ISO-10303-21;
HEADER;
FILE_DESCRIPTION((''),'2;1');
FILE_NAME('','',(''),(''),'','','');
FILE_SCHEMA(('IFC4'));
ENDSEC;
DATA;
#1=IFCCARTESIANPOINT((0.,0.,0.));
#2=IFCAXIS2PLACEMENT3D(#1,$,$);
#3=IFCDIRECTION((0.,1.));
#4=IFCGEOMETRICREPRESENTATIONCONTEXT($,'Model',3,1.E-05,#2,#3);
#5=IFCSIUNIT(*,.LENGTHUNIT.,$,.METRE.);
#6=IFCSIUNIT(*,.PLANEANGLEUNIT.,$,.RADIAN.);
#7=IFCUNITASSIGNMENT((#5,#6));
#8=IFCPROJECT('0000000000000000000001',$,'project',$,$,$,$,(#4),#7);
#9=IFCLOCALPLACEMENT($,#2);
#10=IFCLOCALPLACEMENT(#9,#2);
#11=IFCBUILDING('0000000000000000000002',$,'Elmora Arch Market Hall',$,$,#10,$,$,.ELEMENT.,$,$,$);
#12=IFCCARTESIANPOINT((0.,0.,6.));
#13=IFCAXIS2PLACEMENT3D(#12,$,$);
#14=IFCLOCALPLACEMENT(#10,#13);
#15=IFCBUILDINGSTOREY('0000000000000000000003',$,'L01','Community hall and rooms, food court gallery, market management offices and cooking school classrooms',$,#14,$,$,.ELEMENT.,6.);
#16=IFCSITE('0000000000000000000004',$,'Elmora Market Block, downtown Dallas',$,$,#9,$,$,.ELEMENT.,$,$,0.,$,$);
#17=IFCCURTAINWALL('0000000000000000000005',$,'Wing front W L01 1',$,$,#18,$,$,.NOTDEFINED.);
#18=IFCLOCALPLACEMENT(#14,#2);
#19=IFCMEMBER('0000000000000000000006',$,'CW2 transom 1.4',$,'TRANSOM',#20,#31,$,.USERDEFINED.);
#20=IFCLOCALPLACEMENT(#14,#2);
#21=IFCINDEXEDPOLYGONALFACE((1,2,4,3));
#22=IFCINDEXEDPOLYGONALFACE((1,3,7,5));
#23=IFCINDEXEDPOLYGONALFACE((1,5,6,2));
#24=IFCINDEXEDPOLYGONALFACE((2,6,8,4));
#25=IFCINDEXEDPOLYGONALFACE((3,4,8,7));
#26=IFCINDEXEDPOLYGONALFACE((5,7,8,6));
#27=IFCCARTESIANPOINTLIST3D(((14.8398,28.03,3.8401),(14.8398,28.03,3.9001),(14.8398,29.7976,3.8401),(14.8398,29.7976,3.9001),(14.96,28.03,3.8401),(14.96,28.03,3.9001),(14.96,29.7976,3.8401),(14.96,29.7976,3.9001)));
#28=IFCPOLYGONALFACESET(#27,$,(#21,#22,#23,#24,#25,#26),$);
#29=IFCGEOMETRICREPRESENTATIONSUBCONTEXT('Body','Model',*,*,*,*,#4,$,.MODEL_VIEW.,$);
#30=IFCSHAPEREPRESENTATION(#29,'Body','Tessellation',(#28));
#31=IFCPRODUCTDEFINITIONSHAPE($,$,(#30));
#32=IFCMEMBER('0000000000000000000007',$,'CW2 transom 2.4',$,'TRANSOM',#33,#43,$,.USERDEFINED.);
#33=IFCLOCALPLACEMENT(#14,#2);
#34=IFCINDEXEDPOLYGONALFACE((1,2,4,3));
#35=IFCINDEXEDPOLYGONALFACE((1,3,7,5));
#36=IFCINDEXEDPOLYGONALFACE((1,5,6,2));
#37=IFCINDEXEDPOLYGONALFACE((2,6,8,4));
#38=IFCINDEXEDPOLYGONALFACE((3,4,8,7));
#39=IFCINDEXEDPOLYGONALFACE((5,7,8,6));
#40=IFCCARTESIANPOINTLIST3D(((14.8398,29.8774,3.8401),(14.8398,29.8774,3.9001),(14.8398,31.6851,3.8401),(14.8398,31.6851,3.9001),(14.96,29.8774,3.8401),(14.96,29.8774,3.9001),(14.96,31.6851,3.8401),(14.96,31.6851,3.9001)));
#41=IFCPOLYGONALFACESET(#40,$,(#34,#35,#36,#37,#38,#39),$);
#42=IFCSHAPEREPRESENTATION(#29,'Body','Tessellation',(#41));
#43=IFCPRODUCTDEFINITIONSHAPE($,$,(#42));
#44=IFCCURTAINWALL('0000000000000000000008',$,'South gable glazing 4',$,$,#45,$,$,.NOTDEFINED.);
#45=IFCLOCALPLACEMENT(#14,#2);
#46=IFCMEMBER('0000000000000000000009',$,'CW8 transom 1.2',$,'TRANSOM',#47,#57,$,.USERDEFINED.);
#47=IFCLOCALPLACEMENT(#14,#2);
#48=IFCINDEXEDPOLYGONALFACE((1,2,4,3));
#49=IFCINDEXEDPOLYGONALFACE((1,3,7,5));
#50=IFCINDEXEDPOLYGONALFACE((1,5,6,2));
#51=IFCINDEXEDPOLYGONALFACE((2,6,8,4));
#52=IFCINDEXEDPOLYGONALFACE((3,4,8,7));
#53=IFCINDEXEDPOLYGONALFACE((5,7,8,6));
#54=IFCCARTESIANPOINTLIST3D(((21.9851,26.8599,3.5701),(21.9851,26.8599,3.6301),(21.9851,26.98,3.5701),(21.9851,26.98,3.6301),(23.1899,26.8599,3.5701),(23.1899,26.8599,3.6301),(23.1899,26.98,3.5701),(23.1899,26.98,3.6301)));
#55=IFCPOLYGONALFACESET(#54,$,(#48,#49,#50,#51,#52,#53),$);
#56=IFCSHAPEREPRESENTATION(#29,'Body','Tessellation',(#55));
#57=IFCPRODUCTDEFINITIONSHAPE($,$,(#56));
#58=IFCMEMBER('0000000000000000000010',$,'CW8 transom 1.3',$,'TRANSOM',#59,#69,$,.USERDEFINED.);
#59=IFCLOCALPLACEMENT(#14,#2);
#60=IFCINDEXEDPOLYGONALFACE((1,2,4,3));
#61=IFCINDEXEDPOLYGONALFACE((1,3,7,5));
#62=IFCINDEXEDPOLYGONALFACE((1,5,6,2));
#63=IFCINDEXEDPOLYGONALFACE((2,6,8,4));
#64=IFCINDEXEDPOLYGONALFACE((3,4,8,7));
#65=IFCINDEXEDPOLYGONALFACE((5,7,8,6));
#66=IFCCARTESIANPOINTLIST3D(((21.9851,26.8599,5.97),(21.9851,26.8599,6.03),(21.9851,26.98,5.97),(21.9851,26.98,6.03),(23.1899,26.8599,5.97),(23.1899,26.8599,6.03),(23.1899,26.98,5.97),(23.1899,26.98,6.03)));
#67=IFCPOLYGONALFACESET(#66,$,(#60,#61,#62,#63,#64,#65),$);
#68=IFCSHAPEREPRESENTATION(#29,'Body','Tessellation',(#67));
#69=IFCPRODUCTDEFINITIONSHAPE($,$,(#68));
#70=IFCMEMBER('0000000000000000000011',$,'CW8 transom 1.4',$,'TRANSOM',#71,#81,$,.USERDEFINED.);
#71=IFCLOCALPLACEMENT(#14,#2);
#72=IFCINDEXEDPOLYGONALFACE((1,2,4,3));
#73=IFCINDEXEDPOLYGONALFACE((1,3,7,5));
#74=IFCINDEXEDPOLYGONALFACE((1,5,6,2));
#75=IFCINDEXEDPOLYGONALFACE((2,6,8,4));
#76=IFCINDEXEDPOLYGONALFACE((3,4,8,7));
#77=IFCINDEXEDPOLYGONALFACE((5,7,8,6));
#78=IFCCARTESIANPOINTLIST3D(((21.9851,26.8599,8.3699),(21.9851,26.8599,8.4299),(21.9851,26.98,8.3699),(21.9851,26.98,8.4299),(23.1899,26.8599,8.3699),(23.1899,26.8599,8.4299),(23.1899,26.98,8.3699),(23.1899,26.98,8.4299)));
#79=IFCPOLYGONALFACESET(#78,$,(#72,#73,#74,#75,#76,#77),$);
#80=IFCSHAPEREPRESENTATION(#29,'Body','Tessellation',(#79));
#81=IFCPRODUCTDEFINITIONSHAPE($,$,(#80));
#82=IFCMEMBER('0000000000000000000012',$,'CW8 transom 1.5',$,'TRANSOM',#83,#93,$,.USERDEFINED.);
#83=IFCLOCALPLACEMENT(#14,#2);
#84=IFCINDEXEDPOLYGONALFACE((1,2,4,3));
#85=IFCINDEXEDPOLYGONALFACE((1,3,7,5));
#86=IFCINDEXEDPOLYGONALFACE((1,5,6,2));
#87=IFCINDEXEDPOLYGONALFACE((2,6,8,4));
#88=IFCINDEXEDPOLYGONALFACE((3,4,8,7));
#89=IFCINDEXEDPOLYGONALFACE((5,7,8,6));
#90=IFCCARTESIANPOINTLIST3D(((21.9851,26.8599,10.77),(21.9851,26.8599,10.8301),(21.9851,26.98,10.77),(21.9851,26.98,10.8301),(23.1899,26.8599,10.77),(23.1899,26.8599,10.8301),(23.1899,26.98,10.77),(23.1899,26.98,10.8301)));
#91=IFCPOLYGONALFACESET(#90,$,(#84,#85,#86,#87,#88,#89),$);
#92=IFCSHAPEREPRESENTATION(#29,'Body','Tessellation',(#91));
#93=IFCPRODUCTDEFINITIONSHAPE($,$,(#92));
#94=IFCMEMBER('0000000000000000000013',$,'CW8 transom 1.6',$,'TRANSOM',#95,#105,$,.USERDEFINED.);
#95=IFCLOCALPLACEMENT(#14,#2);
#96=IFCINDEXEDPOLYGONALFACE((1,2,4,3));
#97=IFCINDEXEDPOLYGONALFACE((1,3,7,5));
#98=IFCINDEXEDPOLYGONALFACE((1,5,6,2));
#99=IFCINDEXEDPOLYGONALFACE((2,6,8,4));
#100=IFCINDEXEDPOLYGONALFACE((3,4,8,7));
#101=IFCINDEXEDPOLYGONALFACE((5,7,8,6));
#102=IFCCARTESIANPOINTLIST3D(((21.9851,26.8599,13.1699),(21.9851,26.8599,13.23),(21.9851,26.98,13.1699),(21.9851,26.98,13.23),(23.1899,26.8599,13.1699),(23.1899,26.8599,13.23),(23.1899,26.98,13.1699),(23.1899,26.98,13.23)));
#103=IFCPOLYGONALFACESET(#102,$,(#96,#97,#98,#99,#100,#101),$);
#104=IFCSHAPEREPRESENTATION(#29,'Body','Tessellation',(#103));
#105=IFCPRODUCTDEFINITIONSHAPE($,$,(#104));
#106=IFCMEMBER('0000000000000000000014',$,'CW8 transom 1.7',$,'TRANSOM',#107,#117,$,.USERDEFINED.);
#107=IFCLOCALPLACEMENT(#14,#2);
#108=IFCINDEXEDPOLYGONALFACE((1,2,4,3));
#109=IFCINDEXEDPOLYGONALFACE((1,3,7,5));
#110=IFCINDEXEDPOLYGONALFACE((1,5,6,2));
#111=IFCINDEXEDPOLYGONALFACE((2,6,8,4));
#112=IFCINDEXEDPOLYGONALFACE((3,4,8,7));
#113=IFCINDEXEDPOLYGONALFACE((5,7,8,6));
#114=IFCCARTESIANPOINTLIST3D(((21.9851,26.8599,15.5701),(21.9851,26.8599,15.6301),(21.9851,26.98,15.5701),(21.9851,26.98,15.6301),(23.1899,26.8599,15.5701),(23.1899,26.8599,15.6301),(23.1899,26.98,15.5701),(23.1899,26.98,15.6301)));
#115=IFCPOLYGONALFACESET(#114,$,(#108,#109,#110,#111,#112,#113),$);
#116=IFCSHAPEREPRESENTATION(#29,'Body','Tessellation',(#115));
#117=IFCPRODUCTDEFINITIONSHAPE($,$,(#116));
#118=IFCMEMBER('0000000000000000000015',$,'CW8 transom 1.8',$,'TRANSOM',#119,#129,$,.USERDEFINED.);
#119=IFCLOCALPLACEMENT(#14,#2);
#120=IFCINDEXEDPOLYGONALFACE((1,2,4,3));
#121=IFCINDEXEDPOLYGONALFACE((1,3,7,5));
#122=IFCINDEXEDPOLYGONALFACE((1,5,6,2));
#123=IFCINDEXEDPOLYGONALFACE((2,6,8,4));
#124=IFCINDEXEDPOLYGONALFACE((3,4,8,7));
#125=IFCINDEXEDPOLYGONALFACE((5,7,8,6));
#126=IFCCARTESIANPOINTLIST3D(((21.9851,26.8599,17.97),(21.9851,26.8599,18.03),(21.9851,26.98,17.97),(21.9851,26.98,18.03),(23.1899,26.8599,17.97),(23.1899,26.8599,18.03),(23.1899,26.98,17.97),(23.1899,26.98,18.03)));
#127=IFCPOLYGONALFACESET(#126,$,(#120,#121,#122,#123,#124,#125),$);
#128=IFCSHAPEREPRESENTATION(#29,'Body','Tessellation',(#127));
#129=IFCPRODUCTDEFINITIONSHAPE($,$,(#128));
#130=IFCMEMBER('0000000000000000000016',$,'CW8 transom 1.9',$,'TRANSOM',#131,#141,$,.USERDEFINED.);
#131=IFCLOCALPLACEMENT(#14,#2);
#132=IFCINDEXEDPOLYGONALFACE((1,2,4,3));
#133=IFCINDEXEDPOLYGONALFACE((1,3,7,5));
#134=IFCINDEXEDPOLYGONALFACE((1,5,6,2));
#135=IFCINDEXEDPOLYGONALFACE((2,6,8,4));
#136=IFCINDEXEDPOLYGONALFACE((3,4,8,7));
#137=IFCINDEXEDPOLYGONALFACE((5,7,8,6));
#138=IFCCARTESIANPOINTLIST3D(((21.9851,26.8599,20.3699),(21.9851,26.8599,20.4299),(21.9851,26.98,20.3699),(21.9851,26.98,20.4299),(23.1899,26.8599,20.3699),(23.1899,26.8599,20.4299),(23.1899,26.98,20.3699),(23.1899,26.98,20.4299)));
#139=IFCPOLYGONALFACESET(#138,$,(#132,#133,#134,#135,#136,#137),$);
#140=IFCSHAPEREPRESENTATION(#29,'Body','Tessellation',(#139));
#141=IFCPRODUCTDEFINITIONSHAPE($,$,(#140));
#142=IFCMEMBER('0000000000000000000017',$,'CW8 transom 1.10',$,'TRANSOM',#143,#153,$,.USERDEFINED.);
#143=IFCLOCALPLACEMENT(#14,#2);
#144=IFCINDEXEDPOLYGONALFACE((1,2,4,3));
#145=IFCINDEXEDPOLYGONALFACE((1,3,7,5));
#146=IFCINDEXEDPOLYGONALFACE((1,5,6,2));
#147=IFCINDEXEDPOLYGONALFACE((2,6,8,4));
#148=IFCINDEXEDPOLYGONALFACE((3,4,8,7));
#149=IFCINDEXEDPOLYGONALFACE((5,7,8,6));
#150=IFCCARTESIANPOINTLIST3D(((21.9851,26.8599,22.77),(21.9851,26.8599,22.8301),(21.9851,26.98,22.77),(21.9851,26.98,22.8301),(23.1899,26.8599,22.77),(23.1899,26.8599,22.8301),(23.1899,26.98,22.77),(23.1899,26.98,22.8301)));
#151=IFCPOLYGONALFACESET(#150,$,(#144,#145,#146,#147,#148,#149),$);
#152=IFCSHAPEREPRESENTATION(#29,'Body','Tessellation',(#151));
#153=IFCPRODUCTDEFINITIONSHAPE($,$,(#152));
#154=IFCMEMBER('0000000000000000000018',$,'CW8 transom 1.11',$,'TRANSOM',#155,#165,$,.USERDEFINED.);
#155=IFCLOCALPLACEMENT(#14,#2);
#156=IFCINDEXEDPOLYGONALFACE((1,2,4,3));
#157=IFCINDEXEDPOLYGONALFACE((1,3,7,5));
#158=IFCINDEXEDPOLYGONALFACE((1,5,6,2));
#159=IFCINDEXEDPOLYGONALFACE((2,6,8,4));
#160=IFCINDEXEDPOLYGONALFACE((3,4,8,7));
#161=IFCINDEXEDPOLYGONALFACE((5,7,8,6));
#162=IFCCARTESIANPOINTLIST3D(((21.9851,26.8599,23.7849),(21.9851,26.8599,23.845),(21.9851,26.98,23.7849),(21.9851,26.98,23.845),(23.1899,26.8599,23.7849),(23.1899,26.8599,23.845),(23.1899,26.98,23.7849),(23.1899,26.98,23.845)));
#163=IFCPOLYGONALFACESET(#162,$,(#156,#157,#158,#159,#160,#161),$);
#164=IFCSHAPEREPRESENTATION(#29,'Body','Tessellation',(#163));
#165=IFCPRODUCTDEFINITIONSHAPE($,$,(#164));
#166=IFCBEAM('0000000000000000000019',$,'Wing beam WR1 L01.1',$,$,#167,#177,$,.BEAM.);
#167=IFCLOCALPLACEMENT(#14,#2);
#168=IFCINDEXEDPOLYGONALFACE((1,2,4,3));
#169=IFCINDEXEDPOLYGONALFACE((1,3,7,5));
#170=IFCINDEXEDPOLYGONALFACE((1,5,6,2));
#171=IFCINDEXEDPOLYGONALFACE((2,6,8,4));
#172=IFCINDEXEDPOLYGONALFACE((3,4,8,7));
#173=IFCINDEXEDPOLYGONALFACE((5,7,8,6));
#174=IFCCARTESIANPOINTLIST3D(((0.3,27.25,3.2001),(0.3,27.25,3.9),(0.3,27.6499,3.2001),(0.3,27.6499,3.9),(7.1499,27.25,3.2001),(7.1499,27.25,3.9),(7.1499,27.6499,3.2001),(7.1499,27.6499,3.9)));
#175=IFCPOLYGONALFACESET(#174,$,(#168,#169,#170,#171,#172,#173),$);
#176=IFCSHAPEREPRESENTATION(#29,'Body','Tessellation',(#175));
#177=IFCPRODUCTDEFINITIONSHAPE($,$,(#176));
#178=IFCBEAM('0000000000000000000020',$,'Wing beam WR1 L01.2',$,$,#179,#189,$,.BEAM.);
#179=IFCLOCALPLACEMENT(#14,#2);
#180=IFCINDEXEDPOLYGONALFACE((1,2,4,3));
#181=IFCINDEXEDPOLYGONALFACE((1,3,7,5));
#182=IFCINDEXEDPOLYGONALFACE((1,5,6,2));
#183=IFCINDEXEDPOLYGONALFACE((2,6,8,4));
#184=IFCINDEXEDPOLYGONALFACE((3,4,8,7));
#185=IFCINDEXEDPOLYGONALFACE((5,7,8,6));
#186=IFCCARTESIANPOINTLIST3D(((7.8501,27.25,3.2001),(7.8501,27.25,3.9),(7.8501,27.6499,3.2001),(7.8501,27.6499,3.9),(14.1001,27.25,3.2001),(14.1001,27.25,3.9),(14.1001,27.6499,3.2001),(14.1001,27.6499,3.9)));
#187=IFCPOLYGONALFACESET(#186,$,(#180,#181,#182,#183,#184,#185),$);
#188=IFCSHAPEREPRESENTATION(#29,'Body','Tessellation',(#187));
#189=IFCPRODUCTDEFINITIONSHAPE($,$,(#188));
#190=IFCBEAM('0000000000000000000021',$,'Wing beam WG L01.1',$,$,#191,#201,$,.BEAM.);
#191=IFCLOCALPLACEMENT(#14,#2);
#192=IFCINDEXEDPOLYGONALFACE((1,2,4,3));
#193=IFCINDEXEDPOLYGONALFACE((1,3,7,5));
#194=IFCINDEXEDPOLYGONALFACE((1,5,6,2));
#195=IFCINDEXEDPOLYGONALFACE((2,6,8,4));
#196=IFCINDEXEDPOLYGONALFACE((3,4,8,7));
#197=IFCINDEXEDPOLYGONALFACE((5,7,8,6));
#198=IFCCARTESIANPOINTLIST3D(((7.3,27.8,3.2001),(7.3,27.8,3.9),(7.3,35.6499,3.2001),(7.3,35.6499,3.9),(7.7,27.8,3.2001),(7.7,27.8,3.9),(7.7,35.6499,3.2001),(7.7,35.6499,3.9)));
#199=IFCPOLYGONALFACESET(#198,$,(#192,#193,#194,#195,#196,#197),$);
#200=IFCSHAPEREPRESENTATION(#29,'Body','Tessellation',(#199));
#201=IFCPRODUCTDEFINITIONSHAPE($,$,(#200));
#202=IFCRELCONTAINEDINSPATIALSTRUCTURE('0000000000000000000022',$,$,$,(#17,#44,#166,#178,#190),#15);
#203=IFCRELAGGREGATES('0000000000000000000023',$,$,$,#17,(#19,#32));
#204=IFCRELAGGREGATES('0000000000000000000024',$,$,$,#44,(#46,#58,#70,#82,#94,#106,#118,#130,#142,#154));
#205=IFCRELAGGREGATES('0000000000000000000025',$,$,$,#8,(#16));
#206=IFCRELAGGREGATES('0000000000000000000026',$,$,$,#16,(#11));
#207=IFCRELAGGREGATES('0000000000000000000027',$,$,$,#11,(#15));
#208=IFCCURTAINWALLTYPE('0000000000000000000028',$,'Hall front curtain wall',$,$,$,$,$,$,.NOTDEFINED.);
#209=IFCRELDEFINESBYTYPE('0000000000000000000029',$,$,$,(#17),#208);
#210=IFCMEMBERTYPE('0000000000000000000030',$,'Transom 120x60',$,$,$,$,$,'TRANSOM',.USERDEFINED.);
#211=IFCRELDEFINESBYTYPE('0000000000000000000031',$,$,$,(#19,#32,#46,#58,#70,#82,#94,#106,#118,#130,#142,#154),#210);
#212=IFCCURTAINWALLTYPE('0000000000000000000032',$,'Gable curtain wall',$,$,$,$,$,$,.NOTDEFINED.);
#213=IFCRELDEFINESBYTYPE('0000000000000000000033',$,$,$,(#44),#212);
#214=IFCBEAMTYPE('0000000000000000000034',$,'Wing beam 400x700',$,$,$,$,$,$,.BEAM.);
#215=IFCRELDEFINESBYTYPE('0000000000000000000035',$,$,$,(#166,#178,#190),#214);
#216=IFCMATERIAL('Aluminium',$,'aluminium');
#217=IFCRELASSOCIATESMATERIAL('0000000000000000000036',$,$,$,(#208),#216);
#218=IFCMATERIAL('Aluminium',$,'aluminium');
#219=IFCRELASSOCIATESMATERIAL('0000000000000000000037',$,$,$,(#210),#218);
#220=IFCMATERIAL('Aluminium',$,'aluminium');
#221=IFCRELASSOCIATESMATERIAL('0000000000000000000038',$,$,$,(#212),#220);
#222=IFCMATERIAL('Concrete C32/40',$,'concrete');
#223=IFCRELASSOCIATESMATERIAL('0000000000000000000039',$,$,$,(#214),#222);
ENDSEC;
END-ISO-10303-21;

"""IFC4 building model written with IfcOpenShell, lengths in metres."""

from ifc_helpers import new_model, si_unit, direction, frame, origin, origin_2d, place, context, subcontext, project, spatial, rectangle, extrude, material, material_profile, profile_set, type_object, element, aggregate, save


model = new_model("IFC4")

# Units and contexts
model_context = context("Model", 3, precision=1e-05, world=origin(), true_north=direction((0.0, 1.0)))
body_context = subcontext(model_context, "Body", "Model", "MODEL_VIEW")
ifc_project = project(units=[si_unit("LENGTHUNIT", "METRE"), si_unit("PLANEANGLEUNIT", "RADIAN")], contexts=[model_context])

# Site, building, storey
site_placement = place(None, origin())
site = spatial("IfcSite", under=ifc_project, at=site_placement, Name="Elmora Market Block, downtown Dallas", CompositionType="ELEMENT", RefElevation=0.0)
building_placement = place(site_placement, origin())
building = spatial("IfcBuilding", under=site, at=building_placement, Name="Elmora Arch Market Hall", CompositionType="ELEMENT")
storey_placement = place(building_placement, frame((0.0, 0.0, 6.0)))
storey = spatial("IfcBuildingStorey", under=building, at=storey_placement, Name="L01", Description="Community hall and rooms, food court gallery, market management offices and cooking school classrooms", CompositionType="ELEMENT", Elevation=6.0)

# Curtain walls, members
ifc_material_1 = material(Name="Aluminium", Category="aluminium")
curtain_wall_type_1 = type_object("IfcCurtainWallType", Name="Hall front curtain wall", PredefinedType="NOTDEFINED", material=ifc_material_1)
curtain_wall_1_placement = place(storey_placement, origin())
curtain_wall_1 = element("IfcCurtainWall", 1, at=curtain_wall_1_placement, inside=storey, type_object=curtain_wall_type_1, Name="Wing front W L01 1", PredefinedType="NOTDEFINED")
ifc_material_2 = material(Name="Aluminium", Category="aluminium")
ifc_material_profile_1 = material_profile(ifc_material_2, rectangle(XDim=0.1201, YDim=0.0601, at=origin_2d()), Name="AL 120x60")
ifc_profile_set_1 = profile_set([ifc_material_profile_1], Name="Aluminium")
member_type = type_object("IfcMemberType", Name="Transom 120x60", ElementType="TRANSOM", PredefinedType="USERDEFINED", material=ifc_profile_set_1)
member_1_placement = place(storey_placement, frame((14.8999, 28.03, 3.8701), z_axis=(0.0, 1.0, 0.0), x_axis=(-1.0, 0.0, 0.0)))
member_1 = element("IfcMember", 2, at=member_1_placement, type_object=member_type, Name="CW2 transom 1.4", ObjectType="TRANSOM", PredefinedType="USERDEFINED", context=body_context, shape_type="SweptSolid", body=[
    extrude(rectangle(XDim=0.1201, YDim=0.0601, at=origin_2d()), origin(), (0.0, 0.0, 1.0), 1.7676),
])
member_2_placement = place(storey_placement, frame((14.8999, 29.8774, 3.8701), z_axis=(0.0, 1.0, 0.0), x_axis=(-1.0, 0.0, 0.0)))
member_2 = element("IfcMember", 3, at=member_2_placement, type_object=member_type, Name="CW2 transom 2.4", ObjectType="TRANSOM", PredefinedType="USERDEFINED", context=body_context, shape_type="SweptSolid", body=[
    extrude(rectangle(XDim=0.1201, YDim=0.0601, at=origin_2d()), origin(), (0.0, 0.0, 1.0), 1.8076),
])
ifc_material_3 = material(Name="Aluminium", Category="aluminium")
curtain_wall_type_2 = type_object("IfcCurtainWallType", Name="Gable curtain wall", PredefinedType="NOTDEFINED", material=ifc_material_3)
curtain_wall_2_placement = place(storey_placement, origin())
curtain_wall_2 = element("IfcCurtainWall", 4, at=curtain_wall_2_placement, inside=storey, type_object=curtain_wall_type_2, Name="South gable glazing 4", PredefinedType="NOTDEFINED")
member_3_placement = place(storey_placement, frame((21.9851, 26.9199, 3.6001), z_axis=(1.0, 0.0, 0.0), x_axis=(0.0, 1.0, 0.0)))
member_3 = element("IfcMember", 5, at=member_3_placement, type_object=member_type, Name="CW8 transom 1.2", ObjectType="TRANSOM", PredefinedType="USERDEFINED", context=body_context, shape_type="SweptSolid", body=[
    extrude(rectangle(XDim=0.1201, YDim=0.0601, at=origin_2d()), origin(), (0.0, 0.0, 1.0), 1.2048),
])
member_4_placement = place(storey_placement, frame((21.9851, 26.9199, 6.0), z_axis=(1.0, 0.0, 0.0), x_axis=(0.0, 1.0, 0.0)))
member_4 = element("IfcMember", 6, at=member_4_placement, type_object=member_type, Name="CW8 transom 1.3", ObjectType="TRANSOM", PredefinedType="USERDEFINED", context=body_context, shape_type="SweptSolid", body=[
    extrude(rectangle(XDim=0.1201, YDim=0.0601, at=origin_2d()), origin(), (0.0, 0.0, 1.0), 1.2048),
])
member_5_placement = place(storey_placement, frame((21.9851, 26.9199, 8.3999), z_axis=(1.0, 0.0, 0.0), x_axis=(0.0, 1.0, 0.0)))
member_5 = element("IfcMember", 7, at=member_5_placement, type_object=member_type, Name="CW8 transom 1.4", ObjectType="TRANSOM", PredefinedType="USERDEFINED", context=body_context, shape_type="SweptSolid", body=[
    extrude(rectangle(XDim=0.1201, YDim=0.0601, at=origin_2d()), origin(), (0.0, 0.0, 1.0), 1.2048),
])
member_6_placement = place(storey_placement, frame((21.9851, 26.9199, 10.8), z_axis=(1.0, 0.0, 0.0), x_axis=(0.0, 1.0, 0.0)))
member_6 = element("IfcMember", 8, at=member_6_placement, type_object=member_type, Name="CW8 transom 1.5", ObjectType="TRANSOM", PredefinedType="USERDEFINED", context=body_context, shape_type="SweptSolid", body=[
    extrude(rectangle(XDim=0.1201, YDim=0.0601, at=origin_2d()), origin(), (0.0, 0.0, 1.0), 1.2048),
])
member_7_placement = place(storey_placement, frame((21.9851, 26.9199, 13.2), z_axis=(1.0, 0.0, 0.0), x_axis=(0.0, 1.0, 0.0)))
member_7 = element("IfcMember", 9, at=member_7_placement, type_object=member_type, Name="CW8 transom 1.6", ObjectType="TRANSOM", PredefinedType="USERDEFINED", context=body_context, shape_type="SweptSolid", body=[
    extrude(rectangle(XDim=0.1201, YDim=0.0601, at=origin_2d()), origin(), (0.0, 0.0, 1.0), 1.2048),
])
member_8_placement = place(storey_placement, frame((21.9851, 26.9199, 15.6001), z_axis=(1.0, 0.0, 0.0), x_axis=(0.0, 1.0, 0.0)))
member_8 = element("IfcMember", 10, at=member_8_placement, type_object=member_type, Name="CW8 transom 1.7", ObjectType="TRANSOM", PredefinedType="USERDEFINED", context=body_context, shape_type="SweptSolid", body=[
    extrude(rectangle(XDim=0.1201, YDim=0.0601, at=origin_2d()), origin(), (0.0, 0.0, 1.0), 1.2048),
])
member_9_placement = place(storey_placement, frame((21.9851, 26.9199, 18.0), z_axis=(1.0, 0.0, 0.0), x_axis=(0.0, 1.0, 0.0)))
member_9 = element("IfcMember", 11, at=member_9_placement, type_object=member_type, Name="CW8 transom 1.8", ObjectType="TRANSOM", PredefinedType="USERDEFINED", context=body_context, shape_type="SweptSolid", body=[
    extrude(rectangle(XDim=0.1201, YDim=0.0601, at=origin_2d()), origin(), (0.0, 0.0, 1.0), 1.2048),
])
member_10_placement = place(storey_placement, frame((21.9851, 26.9199, 20.3999), z_axis=(1.0, 0.0, 0.0), x_axis=(0.0, 1.0, 0.0)))
member_10 = element("IfcMember", 12, at=member_10_placement, type_object=member_type, Name="CW8 transom 1.9", ObjectType="TRANSOM", PredefinedType="USERDEFINED", context=body_context, shape_type="SweptSolid", body=[
    extrude(rectangle(XDim=0.1201, YDim=0.0601, at=origin_2d()), origin(), (0.0, 0.0, 1.0), 1.2048),
])
member_11_placement = place(storey_placement, frame((21.9851, 26.9199, 22.8), z_axis=(1.0, 0.0, 0.0), x_axis=(0.0, 1.0, 0.0)))
member_11 = element("IfcMember", 13, at=member_11_placement, type_object=member_type, Name="CW8 transom 1.10", ObjectType="TRANSOM", PredefinedType="USERDEFINED", context=body_context, shape_type="SweptSolid", body=[
    extrude(rectangle(XDim=0.1201, YDim=0.0601, at=origin_2d()), origin(), (0.0, 0.0, 1.0), 1.2048),
])
member_12_placement = place(storey_placement, frame((21.9851, 26.9199, 23.8149), z_axis=(1.0, 0.0, 0.0), x_axis=(0.0, 1.0, 0.0)))
member_12 = element("IfcMember", 14, at=member_12_placement, type_object=member_type, Name="CW8 transom 1.11", ObjectType="TRANSOM", PredefinedType="USERDEFINED", context=body_context, shape_type="SweptSolid", body=[
    extrude(rectangle(XDim=0.1201, YDim=0.0601, at=origin_2d()), origin(), (0.0, 0.0, 1.0), 1.2048),
])

# Beams
ifc_material_4 = material(Name="Concrete C32/40", Category="concrete")
ifc_material_profile_2 = material_profile(ifc_material_4, rectangle(XDim=0.3999, YDim=0.7, at=origin_2d()), Name="Wing beam 400x700")
ifc_profile_set_2 = profile_set([ifc_material_profile_2], Name="Concrete C32/40")
beam_type = type_object("IfcBeamType", Name="Wing beam 400x700", PredefinedType="BEAM", material=ifc_profile_set_2)
beam_1_placement = place(storey_placement, frame((0.3, 27.45, 3.55), z_axis=(1.0, 0.0, 0.0), x_axis=(0.0, 1.0, 0.0)))
element("IfcBeam", 15, at=beam_1_placement, inside=storey, type_object=beam_type, Name="Wing beam WR1 L01.1", PredefinedType="BEAM", context=body_context, shape_type="SweptSolid", body=[
    extrude(rectangle(XDim=0.3999, YDim=0.7, at=origin_2d()), origin(), (0.0, 0.0, 1.0), 6.8499),
])
beam_2_placement = place(storey_placement, frame((7.8501, 27.45, 3.55), z_axis=(1.0, 0.0, 0.0), x_axis=(0.0, 1.0, 0.0)))
element("IfcBeam", 16, at=beam_2_placement, inside=storey, type_object=beam_type, Name="Wing beam WR1 L01.2", PredefinedType="BEAM", context=body_context, shape_type="SweptSolid", body=[
    extrude(rectangle(XDim=0.3999, YDim=0.7, at=origin_2d()), origin(), (0.0, 0.0, 1.0), 6.25),
])
beam_3_placement = place(storey_placement, frame((7.5, 27.8, 3.55), z_axis=(0.0, 1.0, 0.0), x_axis=(-1.0, 0.0, 0.0)))
element("IfcBeam", 17, at=beam_3_placement, inside=storey, type_object=beam_type, Name="Wing beam WG L01.1", PredefinedType="BEAM", context=body_context, shape_type="SweptSolid", body=[
    extrude(rectangle(XDim=0.3999, YDim=0.7, at=origin_2d()), origin(), (0.0, 0.0, 1.0), 7.8499),
])

aggregate(curtain_wall_1, [member_1, member_2])

aggregate(curtain_wall_2, [member_3, member_4, member_5, member_6, member_7, member_8, member_9, member_10, member_11, member_12])

save(model, "model.ifc")
